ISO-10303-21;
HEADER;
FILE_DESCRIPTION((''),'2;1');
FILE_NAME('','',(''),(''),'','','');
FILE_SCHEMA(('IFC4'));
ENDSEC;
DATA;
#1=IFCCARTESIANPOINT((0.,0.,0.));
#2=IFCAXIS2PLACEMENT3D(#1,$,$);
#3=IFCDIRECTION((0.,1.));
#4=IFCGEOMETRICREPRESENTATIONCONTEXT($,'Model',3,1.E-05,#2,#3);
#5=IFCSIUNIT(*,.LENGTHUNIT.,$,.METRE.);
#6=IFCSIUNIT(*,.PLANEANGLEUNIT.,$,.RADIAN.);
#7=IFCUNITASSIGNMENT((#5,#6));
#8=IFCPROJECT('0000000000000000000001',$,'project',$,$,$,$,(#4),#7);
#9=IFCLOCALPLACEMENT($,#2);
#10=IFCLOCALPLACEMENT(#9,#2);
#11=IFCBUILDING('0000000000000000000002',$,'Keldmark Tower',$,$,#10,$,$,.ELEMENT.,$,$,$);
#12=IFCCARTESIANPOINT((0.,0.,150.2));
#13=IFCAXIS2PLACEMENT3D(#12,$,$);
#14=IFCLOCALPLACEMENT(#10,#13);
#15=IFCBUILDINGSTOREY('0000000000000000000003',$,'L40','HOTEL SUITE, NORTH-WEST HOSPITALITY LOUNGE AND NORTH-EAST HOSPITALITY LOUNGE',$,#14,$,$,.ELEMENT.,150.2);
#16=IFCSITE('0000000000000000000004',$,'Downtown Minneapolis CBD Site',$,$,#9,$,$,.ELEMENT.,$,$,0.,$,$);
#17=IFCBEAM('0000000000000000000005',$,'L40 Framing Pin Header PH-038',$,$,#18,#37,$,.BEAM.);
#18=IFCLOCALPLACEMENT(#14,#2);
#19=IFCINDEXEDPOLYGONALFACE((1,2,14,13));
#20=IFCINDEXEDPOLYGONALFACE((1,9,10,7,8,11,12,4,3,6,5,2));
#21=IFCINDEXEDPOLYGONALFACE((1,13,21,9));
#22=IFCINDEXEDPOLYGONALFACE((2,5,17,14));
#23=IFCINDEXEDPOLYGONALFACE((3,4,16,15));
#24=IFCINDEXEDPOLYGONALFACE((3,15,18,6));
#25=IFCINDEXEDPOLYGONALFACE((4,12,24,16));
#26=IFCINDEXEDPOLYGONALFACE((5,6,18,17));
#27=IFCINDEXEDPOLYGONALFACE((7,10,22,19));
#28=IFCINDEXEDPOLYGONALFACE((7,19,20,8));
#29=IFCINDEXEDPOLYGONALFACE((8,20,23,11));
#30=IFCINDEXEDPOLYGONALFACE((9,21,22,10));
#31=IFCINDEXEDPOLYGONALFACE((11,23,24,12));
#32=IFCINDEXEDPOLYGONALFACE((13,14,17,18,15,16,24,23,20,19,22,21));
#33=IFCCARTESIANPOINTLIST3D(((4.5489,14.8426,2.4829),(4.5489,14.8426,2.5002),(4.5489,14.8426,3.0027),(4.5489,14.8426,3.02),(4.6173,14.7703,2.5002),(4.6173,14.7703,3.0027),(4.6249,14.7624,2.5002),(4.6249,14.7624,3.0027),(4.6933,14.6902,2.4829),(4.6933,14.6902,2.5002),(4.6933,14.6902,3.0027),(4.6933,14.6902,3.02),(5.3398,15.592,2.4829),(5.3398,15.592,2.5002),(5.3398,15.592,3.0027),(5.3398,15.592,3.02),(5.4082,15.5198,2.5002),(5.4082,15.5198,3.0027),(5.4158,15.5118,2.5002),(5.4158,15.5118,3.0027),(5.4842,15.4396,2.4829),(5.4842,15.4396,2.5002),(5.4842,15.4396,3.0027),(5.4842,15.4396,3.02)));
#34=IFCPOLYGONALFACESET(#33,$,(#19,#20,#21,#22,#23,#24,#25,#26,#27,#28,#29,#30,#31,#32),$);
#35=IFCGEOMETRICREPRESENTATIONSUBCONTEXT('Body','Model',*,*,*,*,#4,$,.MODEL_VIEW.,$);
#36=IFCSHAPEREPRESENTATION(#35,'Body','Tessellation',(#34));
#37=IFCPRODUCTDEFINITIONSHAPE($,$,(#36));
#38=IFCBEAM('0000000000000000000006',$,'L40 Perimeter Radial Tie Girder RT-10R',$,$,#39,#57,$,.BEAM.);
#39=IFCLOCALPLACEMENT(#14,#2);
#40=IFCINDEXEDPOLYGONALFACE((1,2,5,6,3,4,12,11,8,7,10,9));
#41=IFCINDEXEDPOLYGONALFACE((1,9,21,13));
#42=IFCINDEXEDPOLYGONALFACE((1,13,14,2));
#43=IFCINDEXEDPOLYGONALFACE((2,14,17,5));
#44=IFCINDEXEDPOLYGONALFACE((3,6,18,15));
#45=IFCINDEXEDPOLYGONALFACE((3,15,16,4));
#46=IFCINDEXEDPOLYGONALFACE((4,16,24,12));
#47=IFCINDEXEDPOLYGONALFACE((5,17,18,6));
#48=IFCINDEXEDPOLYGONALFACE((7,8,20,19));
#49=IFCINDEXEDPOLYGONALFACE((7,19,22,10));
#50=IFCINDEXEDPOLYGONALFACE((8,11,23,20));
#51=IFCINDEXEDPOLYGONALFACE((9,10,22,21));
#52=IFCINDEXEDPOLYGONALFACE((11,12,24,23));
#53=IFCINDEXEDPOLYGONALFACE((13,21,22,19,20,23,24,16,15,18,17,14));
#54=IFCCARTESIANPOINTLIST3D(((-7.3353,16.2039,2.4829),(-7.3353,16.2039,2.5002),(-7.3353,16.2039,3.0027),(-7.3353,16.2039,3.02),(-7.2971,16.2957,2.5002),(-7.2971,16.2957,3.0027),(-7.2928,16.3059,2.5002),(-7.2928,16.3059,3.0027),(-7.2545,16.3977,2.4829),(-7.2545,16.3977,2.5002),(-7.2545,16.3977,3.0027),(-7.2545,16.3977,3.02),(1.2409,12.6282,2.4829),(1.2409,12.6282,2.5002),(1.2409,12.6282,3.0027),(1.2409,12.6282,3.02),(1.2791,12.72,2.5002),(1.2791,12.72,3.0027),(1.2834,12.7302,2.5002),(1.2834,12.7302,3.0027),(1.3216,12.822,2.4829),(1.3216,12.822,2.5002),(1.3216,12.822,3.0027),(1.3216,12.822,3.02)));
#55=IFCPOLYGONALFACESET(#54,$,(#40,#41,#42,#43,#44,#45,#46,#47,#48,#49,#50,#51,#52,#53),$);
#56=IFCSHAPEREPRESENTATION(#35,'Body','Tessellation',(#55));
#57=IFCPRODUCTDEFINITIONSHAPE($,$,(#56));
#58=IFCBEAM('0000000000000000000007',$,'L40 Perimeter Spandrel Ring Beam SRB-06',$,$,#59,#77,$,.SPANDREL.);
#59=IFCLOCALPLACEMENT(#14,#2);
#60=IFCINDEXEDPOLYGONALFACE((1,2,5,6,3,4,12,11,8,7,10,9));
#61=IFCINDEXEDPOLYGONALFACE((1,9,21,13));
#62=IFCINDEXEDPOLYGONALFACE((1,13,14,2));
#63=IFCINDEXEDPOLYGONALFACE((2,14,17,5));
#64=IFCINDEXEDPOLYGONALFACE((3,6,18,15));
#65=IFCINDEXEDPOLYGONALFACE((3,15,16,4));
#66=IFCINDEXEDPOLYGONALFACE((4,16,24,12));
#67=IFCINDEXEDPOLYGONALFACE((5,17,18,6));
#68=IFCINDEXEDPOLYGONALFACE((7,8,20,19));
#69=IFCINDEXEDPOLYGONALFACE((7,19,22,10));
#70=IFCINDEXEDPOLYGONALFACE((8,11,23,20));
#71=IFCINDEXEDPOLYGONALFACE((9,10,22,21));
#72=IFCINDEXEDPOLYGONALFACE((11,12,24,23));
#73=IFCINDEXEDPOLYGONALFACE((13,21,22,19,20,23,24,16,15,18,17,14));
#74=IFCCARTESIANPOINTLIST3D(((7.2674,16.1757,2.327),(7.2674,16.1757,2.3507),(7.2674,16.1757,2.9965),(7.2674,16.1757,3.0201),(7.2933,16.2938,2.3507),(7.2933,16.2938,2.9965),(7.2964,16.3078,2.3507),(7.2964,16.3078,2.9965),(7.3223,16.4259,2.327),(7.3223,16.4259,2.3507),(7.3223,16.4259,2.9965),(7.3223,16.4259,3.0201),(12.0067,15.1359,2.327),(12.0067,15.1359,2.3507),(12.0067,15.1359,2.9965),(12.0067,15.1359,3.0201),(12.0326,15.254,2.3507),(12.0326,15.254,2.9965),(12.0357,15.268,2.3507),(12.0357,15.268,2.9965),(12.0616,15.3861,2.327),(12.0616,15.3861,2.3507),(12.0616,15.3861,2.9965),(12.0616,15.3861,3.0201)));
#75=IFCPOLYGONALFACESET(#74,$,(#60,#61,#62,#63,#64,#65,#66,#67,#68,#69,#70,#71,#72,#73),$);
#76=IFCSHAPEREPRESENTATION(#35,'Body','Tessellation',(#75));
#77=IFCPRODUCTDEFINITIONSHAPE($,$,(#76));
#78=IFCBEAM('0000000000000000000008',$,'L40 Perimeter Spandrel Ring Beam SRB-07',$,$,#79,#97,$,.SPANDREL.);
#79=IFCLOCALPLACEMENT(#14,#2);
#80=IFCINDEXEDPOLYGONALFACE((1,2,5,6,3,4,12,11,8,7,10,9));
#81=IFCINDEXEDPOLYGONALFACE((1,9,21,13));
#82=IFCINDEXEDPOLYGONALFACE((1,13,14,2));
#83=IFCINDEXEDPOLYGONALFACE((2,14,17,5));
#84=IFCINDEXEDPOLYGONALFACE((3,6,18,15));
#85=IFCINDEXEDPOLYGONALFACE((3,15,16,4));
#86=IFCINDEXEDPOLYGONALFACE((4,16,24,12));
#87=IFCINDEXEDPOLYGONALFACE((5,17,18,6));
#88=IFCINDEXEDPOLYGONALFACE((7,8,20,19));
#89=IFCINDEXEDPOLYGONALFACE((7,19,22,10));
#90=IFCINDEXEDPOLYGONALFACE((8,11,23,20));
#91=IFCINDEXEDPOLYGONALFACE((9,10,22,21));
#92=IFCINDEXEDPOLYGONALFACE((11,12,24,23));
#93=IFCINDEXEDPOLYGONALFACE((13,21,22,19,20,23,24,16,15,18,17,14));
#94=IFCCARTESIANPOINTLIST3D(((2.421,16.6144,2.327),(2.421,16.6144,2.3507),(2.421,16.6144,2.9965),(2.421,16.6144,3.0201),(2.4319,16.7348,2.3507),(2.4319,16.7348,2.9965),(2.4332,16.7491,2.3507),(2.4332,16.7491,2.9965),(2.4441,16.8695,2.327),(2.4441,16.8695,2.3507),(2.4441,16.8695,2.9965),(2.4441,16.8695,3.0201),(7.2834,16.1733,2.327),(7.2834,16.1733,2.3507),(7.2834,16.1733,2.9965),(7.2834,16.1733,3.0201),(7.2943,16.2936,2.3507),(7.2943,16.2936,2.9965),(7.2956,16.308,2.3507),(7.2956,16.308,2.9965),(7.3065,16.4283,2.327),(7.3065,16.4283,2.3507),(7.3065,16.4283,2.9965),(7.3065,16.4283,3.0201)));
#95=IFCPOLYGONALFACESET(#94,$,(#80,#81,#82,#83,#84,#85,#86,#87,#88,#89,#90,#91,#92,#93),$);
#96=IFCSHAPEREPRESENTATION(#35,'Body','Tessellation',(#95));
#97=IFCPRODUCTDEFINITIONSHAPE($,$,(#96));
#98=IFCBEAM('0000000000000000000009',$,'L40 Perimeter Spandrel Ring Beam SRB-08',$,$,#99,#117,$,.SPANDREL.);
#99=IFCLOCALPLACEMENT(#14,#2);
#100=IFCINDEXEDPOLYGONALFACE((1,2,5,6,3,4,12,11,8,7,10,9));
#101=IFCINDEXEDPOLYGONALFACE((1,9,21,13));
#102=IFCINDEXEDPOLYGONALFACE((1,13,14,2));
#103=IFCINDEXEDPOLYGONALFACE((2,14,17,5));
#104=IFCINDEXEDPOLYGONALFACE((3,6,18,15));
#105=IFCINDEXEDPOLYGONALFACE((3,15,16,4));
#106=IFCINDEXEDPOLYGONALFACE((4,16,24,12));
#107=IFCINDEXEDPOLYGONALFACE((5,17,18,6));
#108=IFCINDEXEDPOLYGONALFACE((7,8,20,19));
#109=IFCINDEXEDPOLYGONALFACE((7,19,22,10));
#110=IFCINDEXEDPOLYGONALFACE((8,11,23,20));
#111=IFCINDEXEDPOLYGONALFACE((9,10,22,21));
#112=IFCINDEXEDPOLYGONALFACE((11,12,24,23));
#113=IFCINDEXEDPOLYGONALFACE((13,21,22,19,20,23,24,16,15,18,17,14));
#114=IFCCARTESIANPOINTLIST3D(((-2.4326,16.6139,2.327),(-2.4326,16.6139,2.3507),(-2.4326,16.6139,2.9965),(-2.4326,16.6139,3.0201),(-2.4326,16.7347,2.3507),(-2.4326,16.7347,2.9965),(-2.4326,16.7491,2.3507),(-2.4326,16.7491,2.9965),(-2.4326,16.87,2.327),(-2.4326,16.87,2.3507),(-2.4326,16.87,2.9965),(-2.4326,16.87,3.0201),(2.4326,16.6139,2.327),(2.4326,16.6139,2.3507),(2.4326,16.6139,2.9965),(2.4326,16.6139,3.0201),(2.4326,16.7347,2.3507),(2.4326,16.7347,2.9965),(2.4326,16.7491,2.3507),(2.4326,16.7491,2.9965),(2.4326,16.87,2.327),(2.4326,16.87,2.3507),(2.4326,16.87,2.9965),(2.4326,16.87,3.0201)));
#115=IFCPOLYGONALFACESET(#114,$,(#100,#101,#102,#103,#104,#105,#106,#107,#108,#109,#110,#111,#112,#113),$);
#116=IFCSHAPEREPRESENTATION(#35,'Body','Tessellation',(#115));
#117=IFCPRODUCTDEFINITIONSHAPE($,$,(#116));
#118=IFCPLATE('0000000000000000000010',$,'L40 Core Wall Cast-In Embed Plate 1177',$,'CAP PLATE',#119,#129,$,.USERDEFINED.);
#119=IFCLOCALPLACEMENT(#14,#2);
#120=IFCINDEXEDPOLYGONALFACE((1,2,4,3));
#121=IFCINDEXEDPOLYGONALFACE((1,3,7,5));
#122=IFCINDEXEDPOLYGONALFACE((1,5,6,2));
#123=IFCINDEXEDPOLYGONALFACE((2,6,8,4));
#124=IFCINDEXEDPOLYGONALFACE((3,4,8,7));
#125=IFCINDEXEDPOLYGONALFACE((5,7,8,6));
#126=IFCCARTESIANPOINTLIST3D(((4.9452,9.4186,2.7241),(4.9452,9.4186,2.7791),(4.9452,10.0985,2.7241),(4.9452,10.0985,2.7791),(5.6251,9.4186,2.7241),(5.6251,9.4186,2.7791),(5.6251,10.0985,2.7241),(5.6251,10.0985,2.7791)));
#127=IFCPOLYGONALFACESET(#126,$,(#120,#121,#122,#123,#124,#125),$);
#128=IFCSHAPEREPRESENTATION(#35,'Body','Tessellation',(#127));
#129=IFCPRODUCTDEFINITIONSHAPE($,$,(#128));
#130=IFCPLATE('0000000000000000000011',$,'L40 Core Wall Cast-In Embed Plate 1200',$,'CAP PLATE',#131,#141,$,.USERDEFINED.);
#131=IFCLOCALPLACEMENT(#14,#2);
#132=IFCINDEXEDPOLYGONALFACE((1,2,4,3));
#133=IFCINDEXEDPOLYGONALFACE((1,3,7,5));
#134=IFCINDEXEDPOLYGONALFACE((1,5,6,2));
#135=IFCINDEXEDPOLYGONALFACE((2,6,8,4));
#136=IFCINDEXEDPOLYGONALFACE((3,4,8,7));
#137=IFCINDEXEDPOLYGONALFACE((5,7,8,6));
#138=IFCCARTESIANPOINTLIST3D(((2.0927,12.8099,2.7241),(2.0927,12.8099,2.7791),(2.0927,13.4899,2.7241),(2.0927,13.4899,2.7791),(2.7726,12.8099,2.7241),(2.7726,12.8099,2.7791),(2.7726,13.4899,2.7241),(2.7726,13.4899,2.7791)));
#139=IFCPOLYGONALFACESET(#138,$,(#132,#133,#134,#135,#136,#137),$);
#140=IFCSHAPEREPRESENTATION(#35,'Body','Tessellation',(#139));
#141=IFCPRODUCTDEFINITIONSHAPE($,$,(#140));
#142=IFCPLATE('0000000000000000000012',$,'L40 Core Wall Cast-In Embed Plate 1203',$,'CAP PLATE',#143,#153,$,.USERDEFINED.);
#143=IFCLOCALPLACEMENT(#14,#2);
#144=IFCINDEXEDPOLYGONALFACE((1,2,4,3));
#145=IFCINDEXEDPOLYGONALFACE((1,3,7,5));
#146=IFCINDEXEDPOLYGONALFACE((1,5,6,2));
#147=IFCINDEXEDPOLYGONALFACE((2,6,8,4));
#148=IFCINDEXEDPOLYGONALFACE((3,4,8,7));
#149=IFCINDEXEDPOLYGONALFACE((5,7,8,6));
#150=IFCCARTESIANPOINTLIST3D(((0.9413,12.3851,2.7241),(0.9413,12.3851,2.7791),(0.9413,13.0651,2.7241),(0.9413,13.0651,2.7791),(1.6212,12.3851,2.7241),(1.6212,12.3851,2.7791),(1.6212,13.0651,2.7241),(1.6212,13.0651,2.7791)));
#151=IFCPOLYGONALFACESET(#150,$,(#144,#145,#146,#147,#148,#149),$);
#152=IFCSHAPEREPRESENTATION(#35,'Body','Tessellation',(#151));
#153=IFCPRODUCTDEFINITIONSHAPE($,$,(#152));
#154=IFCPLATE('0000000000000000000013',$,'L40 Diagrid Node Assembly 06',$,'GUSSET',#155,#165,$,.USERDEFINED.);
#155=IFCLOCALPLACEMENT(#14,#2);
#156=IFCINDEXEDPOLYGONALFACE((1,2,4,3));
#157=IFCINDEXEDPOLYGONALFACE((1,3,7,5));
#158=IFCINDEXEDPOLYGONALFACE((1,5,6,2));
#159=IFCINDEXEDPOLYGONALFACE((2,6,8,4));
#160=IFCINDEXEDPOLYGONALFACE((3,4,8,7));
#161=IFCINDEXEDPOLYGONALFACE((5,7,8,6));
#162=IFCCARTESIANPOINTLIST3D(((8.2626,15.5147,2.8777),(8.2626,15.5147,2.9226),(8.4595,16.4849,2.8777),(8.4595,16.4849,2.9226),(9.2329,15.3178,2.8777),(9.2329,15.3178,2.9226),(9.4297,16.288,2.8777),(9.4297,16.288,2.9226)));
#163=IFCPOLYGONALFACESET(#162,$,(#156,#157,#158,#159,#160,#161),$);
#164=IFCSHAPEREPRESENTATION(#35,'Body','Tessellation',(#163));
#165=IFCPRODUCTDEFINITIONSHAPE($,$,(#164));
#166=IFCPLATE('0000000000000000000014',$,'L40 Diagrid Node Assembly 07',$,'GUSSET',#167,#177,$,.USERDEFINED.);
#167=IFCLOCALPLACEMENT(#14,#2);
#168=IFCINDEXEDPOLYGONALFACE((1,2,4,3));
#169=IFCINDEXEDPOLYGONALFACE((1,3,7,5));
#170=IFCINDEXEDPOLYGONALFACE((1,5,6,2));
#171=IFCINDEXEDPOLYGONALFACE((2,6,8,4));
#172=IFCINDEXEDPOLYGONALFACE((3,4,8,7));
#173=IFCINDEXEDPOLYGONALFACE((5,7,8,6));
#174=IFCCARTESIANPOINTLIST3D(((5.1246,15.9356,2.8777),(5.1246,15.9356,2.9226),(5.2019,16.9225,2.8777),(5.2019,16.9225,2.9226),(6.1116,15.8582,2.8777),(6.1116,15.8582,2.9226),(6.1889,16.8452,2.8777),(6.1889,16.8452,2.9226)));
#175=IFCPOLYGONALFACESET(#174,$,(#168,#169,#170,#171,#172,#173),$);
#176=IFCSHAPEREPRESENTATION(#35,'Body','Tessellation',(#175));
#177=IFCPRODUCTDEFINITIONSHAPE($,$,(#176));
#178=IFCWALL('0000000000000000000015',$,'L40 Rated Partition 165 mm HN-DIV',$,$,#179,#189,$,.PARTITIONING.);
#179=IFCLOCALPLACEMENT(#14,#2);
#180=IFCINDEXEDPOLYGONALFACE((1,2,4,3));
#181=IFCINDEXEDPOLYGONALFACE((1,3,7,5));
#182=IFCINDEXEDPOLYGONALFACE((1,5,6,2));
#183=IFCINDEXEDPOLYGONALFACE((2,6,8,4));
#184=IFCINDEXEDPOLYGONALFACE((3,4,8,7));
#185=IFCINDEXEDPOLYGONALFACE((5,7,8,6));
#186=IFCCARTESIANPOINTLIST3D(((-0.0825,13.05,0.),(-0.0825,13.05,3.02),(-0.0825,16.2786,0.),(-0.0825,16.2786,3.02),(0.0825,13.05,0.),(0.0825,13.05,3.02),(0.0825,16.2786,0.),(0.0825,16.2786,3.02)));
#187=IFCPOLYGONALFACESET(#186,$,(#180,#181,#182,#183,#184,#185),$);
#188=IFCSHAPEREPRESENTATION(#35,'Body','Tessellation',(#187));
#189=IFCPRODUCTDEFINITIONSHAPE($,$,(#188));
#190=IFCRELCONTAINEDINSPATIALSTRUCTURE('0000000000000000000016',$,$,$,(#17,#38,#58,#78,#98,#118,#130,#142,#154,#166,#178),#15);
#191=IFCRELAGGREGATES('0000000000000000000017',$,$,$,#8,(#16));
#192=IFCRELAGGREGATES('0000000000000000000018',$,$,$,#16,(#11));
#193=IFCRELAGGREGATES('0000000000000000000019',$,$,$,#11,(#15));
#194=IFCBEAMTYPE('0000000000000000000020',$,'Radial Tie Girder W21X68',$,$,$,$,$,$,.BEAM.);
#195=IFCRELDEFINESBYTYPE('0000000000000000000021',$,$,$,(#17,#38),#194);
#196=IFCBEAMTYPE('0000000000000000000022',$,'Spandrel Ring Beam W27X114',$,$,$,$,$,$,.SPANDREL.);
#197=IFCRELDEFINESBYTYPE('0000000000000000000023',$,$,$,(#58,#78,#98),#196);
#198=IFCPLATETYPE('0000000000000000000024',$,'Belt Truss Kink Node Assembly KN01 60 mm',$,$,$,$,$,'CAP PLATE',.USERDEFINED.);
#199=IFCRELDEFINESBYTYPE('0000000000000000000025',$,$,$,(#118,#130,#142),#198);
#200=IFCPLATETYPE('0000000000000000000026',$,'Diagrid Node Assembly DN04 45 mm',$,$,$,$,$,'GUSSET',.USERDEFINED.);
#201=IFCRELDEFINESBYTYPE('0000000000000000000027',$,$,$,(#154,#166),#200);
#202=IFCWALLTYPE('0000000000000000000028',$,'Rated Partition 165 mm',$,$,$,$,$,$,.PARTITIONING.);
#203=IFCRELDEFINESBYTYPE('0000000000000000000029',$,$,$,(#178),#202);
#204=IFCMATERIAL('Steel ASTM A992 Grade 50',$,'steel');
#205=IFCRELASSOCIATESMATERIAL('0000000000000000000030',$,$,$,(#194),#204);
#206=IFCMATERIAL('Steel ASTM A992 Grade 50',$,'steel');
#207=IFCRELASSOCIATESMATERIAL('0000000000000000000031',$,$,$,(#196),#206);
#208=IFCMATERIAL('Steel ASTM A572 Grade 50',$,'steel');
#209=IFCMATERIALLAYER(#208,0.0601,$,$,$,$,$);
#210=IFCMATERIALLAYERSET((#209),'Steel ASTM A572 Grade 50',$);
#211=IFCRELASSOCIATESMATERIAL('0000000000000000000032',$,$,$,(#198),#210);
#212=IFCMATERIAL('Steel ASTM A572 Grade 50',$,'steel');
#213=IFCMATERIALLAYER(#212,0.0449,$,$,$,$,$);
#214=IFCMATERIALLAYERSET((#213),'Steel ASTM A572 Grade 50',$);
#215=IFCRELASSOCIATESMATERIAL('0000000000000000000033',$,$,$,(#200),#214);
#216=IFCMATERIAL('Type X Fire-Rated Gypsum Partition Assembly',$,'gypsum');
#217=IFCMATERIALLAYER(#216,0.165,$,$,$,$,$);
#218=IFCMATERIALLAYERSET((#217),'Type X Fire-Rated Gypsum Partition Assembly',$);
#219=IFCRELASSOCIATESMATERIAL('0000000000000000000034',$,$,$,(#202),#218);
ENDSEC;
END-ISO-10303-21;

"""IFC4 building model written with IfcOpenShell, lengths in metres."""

from ifc_helpers import new_model, si_unit, direction, frame, frame_2d, origin, origin_2d, place, context, subcontext, project, spatial, rectangle, i_section, extrude, material, layer, layer_set, material_profile, profile_set, type_object, element, save


model = new_model("IFC4")

# Units and contexts
model_context = context("Model", 3, precision=1e-05, world=origin(), true_north=direction((0.0, 1.0)))
body_context = subcontext(model_context, "Body", "Model", "MODEL_VIEW")
ifc_project = project(units=[si_unit("LENGTHUNIT", "METRE"), si_unit("PLANEANGLEUNIT", "RADIAN")], contexts=[model_context])

# Site, building, storey
site_placement = place(None, origin())
site = spatial("IfcSite", under=ifc_project, at=site_placement, Name="Downtown Minneapolis CBD Site", CompositionType="ELEMENT", RefElevation=0.0)
building_placement = place(site_placement, origin())
building = spatial("IfcBuilding", under=site, at=building_placement, Name="Keldmark Tower", CompositionType="ELEMENT")
storey_placement = place(building_placement, frame((0.0, 0.0, 150.2)))
storey = spatial("IfcBuildingStorey", under=building, at=storey_placement, Name="L40", Description="HOTEL SUITE, NORTH-WEST HOSPITALITY LOUNGE AND NORTH-EAST HOSPITALITY LOUNGE", CompositionType="ELEMENT", Elevation=150.2)

# Beams
ifc_material_1 = material(Name="Steel ASTM A992 Grade 50", Category="steel")
ifc_material_profile_1 = material_profile(ifc_material_1, i_section(OverallWidth=0.21, OverallDepth=0.5371, WebThickness=0.011, FlangeThickness=0.0173, at=origin_2d()), Name="W21X68")
ifc_profile_set_1 = profile_set([ifc_material_profile_1], Name="Steel ASTM A992 Grade 50")
beam_type_1 = type_object("IfcBeamType", Name="Radial Tie Girder W21X68", PredefinedType="BEAM", material=ifc_profile_set_1)
beam_1_placement = place(storey_placement, frame((4.6211, 14.7664, 2.7515), z_axis=(0.725894, 0.687807, 0.0), x_axis=(-0.687807, 0.725894, 0.0)))
element("IfcBeam", 1, at=beam_1_placement, inside=storey, type_object=beam_type_1, Name="L40 Framing Pin Header PH-038", PredefinedType="BEAM", context=body_context, shape_type="SweptSolid", body=[
    extrude(i_section(OverallWidth=0.21, OverallDepth=0.5371, WebThickness=0.011, FlangeThickness=0.0173, at=origin_2d()), origin(), (0.0, 0.0, 1.0), 1.0896),
])
beam_2_placement = place(storey_placement, frame((1.2812, 12.7251, 2.7515), z_axis=(-0.92299, 0.384824, 0.0), x_axis=(-0.384824, -0.92299, 0.0)))
element("IfcBeam", 2, at=beam_2_placement, inside=storey, type_object=beam_type_1, Name="L40 Perimeter Radial Tie Girder RT-10R", PredefinedType="BEAM", context=body_context, shape_type="SweptSolid", body=[
    extrude(i_section(OverallWidth=0.21, OverallDepth=0.5371, WebThickness=0.011, FlangeThickness=0.0173, at=origin_2d()), origin(), (0.0, 0.0, 1.0), 9.2917),
])
ifc_material_2 = material(Name="Steel ASTM A992 Grade 50", Category="steel")
ifc_material_profile_2 = material_profile(ifc_material_2, i_section(OverallWidth=0.2561, OverallDepth=0.6931, WebThickness=0.0144, FlangeThickness=0.0237, at=origin_2d()), Name="W27X114")
ifc_profile_set_2 = profile_set([ifc_material_profile_2], Name="Steel ASTM A992 Grade 50")
beam_type_2 = type_object("IfcBeamType", Name="Spandrel Ring Beam W27X114", PredefinedType="SPANDREL", material=ifc_profile_set_2)
beam_3_placement = place(storey_placement, frame((12.0342, 15.261, 2.6736), z_axis=(-0.976767, 0.214303, 0.0), x_axis=(-0.214303, -0.976767, 0.0)))
element("IfcBeam", 3, at=beam_3_placement, inside=storey, type_object=beam_type_2, Name="L40 Perimeter Spandrel Ring Beam SRB-06", PredefinedType="SPANDREL", context=body_context, shape_type="SweptSolid", body=[
    extrude(i_section(OverallWidth=0.2561, OverallDepth=0.6931, WebThickness=0.0144, FlangeThickness=0.0237, at=origin_2d()), origin(), (0.0, 0.0, 1.0), 4.8521),
])
beam_4_placement = place(storey_placement, frame((7.2949, 16.3008, 2.6736), z_axis=(-0.995909, 0.09036, 0.0), x_axis=(-0.09036, -0.995909, 0.0)))
element("IfcBeam", 4, at=beam_4_placement, inside=storey, type_object=beam_type_2, Name="L40 Perimeter Spandrel Ring Beam SRB-07", PredefinedType="SPANDREL", context=body_context, shape_type="SweptSolid", body=[
    extrude(i_section(OverallWidth=0.2561, OverallDepth=0.6931, WebThickness=0.0144, FlangeThickness=0.0237, at=origin_2d()), origin(), (0.0, 0.0, 1.0), 4.8823),
])
beam_5_placement = place(storey_placement, frame((2.4326, 16.7419, 2.6736), z_axis=(-1.0, 0.0, 0.0), x_axis=(0.0, -1.0, 0.0)))
element("IfcBeam", 5, at=beam_5_placement, inside=storey, type_object=beam_type_2, Name="L40 Perimeter Spandrel Ring Beam SRB-08", PredefinedType="SPANDREL", context=body_context, shape_type="SweptSolid", body=[
    extrude(i_section(OverallWidth=0.2561, OverallDepth=0.6931, WebThickness=0.0144, FlangeThickness=0.0237, at=origin_2d()), origin(), (0.0, 0.0, 1.0), 4.8652),
])

# Plates
ifc_material_3 = material(Name="Steel ASTM A572 Grade 50", Category="steel")
ifc_layer_1 = layer(ifc_material_3, 0.0601)
ifc_layer_set_1 = layer_set([ifc_layer_1], Name="Steel ASTM A572 Grade 50")
plate_type_1 = type_object("IfcPlateType", Name="Belt Truss Kink Node Assembly KN01 60 mm", ElementType="CAP PLATE", PredefinedType="USERDEFINED", material=ifc_layer_set_1)
for number, where, z_axis, x_axis, name in (
    (6, (5.2852, 9.7585, 2.7241), (0.0, 0.0, 1.0), (1.0, 0.0, 0.0), "L40 Core Wall Cast-In Embed Plate 1177"),
    (7, (2.4326, 13.1499, 2.7241), (0.0, 0.0, 1.0), (1.0, 0.0, 0.0), "L40 Core Wall Cast-In Embed Plate 1200"),
    (8, (1.2812, 12.7251, 2.7241), (0.0, 0.0, 1.0), (1.0, 0.0, 0.0), "L40 Core Wall Cast-In Embed Plate 1203"),
):
    element("IfcPlate", number, at=place(storey_placement, frame(where, z_axis=z_axis, x_axis=x_axis)), inside=storey, type_object=plate_type_1, Name=name, ObjectType="CAP PLATE", PredefinedType="USERDEFINED", context=body_context, shape_type="SweptSolid", body=[
        extrude(rectangle(XDim=0.6799, YDim=0.6799, at=origin_2d()), origin(), (0.0, 0.0, 1.0), 0.0549),
    ])
ifc_material_4 = material(Name="Steel ASTM A572 Grade 50", Category="steel")
ifc_layer_2 = layer(ifc_material_4, 0.0449)
ifc_layer_set_2 = layer_set([ifc_layer_2], Name="Steel ASTM A572 Grade 50")
plate_type_2 = type_object("IfcPlateType", Name="Diagrid Node Assembly DN04 45 mm", ElementType="GUSSET", PredefinedType="USERDEFINED", material=ifc_layer_set_2)
for number, where, z_axis, x_axis, name in (
    (9, (8.8462, 15.9014, 2.8777), (0.0, 0.0, 1.0), (-0.980029, 0.198855, 0.0), "L40 Diagrid Node Assembly 06"),
    (10, (5.6567, 16.3904, 2.8777), (0.0, 0.0, 1.0), (-0.996945, 0.078111, 0.0), "L40 Diagrid Node Assembly 07"),
):
    element("IfcPlate", number, at=place(storey_placement, frame(where, z_axis=z_axis, x_axis=x_axis)), inside=storey, type_object=plate_type_2, Name=name, ObjectType="GUSSET", PredefinedType="USERDEFINED", context=body_context, shape_type="SweptSolid", body=[
        extrude(rectangle(XDim=0.99, YDim=0.99, at=origin_2d()), origin(), (0.0, 0.0, 1.0), 0.0449),
    ])

# Wall
ifc_material_5 = material(Name="Type X Fire-Rated Gypsum Partition Assembly", Category="gypsum")
ifc_layer_3 = layer(ifc_material_5, 0.165)
ifc_layer_set_3 = layer_set([ifc_layer_3], Name="Type X Fire-Rated Gypsum Partition Assembly")
wall_type_1 = type_object("IfcWallType", Name="Rated Partition 165 mm", PredefinedType="PARTITIONING", material=ifc_layer_set_3)
wall_1_placement = place(storey_placement, frame((0.0, 13.05, 0.0), z_axis=(0.0, 0.0, 1.0), x_axis=(0.0, 1.0, 0.0)))
element("IfcWall", 11, at=wall_1_placement, inside=storey, type_object=wall_type_1, Name="L40 Rated Partition 165 mm HN-DIV", PredefinedType="PARTITIONING", context=body_context, shape_type="SweptSolid", body=[
    extrude(rectangle(XDim=3.2285, YDim=0.165, at=frame_2d((1.6143, 0.0))), origin(), (0.0, 0.0, 1.0), 3.02),
])

save(model, "model.ifc")
